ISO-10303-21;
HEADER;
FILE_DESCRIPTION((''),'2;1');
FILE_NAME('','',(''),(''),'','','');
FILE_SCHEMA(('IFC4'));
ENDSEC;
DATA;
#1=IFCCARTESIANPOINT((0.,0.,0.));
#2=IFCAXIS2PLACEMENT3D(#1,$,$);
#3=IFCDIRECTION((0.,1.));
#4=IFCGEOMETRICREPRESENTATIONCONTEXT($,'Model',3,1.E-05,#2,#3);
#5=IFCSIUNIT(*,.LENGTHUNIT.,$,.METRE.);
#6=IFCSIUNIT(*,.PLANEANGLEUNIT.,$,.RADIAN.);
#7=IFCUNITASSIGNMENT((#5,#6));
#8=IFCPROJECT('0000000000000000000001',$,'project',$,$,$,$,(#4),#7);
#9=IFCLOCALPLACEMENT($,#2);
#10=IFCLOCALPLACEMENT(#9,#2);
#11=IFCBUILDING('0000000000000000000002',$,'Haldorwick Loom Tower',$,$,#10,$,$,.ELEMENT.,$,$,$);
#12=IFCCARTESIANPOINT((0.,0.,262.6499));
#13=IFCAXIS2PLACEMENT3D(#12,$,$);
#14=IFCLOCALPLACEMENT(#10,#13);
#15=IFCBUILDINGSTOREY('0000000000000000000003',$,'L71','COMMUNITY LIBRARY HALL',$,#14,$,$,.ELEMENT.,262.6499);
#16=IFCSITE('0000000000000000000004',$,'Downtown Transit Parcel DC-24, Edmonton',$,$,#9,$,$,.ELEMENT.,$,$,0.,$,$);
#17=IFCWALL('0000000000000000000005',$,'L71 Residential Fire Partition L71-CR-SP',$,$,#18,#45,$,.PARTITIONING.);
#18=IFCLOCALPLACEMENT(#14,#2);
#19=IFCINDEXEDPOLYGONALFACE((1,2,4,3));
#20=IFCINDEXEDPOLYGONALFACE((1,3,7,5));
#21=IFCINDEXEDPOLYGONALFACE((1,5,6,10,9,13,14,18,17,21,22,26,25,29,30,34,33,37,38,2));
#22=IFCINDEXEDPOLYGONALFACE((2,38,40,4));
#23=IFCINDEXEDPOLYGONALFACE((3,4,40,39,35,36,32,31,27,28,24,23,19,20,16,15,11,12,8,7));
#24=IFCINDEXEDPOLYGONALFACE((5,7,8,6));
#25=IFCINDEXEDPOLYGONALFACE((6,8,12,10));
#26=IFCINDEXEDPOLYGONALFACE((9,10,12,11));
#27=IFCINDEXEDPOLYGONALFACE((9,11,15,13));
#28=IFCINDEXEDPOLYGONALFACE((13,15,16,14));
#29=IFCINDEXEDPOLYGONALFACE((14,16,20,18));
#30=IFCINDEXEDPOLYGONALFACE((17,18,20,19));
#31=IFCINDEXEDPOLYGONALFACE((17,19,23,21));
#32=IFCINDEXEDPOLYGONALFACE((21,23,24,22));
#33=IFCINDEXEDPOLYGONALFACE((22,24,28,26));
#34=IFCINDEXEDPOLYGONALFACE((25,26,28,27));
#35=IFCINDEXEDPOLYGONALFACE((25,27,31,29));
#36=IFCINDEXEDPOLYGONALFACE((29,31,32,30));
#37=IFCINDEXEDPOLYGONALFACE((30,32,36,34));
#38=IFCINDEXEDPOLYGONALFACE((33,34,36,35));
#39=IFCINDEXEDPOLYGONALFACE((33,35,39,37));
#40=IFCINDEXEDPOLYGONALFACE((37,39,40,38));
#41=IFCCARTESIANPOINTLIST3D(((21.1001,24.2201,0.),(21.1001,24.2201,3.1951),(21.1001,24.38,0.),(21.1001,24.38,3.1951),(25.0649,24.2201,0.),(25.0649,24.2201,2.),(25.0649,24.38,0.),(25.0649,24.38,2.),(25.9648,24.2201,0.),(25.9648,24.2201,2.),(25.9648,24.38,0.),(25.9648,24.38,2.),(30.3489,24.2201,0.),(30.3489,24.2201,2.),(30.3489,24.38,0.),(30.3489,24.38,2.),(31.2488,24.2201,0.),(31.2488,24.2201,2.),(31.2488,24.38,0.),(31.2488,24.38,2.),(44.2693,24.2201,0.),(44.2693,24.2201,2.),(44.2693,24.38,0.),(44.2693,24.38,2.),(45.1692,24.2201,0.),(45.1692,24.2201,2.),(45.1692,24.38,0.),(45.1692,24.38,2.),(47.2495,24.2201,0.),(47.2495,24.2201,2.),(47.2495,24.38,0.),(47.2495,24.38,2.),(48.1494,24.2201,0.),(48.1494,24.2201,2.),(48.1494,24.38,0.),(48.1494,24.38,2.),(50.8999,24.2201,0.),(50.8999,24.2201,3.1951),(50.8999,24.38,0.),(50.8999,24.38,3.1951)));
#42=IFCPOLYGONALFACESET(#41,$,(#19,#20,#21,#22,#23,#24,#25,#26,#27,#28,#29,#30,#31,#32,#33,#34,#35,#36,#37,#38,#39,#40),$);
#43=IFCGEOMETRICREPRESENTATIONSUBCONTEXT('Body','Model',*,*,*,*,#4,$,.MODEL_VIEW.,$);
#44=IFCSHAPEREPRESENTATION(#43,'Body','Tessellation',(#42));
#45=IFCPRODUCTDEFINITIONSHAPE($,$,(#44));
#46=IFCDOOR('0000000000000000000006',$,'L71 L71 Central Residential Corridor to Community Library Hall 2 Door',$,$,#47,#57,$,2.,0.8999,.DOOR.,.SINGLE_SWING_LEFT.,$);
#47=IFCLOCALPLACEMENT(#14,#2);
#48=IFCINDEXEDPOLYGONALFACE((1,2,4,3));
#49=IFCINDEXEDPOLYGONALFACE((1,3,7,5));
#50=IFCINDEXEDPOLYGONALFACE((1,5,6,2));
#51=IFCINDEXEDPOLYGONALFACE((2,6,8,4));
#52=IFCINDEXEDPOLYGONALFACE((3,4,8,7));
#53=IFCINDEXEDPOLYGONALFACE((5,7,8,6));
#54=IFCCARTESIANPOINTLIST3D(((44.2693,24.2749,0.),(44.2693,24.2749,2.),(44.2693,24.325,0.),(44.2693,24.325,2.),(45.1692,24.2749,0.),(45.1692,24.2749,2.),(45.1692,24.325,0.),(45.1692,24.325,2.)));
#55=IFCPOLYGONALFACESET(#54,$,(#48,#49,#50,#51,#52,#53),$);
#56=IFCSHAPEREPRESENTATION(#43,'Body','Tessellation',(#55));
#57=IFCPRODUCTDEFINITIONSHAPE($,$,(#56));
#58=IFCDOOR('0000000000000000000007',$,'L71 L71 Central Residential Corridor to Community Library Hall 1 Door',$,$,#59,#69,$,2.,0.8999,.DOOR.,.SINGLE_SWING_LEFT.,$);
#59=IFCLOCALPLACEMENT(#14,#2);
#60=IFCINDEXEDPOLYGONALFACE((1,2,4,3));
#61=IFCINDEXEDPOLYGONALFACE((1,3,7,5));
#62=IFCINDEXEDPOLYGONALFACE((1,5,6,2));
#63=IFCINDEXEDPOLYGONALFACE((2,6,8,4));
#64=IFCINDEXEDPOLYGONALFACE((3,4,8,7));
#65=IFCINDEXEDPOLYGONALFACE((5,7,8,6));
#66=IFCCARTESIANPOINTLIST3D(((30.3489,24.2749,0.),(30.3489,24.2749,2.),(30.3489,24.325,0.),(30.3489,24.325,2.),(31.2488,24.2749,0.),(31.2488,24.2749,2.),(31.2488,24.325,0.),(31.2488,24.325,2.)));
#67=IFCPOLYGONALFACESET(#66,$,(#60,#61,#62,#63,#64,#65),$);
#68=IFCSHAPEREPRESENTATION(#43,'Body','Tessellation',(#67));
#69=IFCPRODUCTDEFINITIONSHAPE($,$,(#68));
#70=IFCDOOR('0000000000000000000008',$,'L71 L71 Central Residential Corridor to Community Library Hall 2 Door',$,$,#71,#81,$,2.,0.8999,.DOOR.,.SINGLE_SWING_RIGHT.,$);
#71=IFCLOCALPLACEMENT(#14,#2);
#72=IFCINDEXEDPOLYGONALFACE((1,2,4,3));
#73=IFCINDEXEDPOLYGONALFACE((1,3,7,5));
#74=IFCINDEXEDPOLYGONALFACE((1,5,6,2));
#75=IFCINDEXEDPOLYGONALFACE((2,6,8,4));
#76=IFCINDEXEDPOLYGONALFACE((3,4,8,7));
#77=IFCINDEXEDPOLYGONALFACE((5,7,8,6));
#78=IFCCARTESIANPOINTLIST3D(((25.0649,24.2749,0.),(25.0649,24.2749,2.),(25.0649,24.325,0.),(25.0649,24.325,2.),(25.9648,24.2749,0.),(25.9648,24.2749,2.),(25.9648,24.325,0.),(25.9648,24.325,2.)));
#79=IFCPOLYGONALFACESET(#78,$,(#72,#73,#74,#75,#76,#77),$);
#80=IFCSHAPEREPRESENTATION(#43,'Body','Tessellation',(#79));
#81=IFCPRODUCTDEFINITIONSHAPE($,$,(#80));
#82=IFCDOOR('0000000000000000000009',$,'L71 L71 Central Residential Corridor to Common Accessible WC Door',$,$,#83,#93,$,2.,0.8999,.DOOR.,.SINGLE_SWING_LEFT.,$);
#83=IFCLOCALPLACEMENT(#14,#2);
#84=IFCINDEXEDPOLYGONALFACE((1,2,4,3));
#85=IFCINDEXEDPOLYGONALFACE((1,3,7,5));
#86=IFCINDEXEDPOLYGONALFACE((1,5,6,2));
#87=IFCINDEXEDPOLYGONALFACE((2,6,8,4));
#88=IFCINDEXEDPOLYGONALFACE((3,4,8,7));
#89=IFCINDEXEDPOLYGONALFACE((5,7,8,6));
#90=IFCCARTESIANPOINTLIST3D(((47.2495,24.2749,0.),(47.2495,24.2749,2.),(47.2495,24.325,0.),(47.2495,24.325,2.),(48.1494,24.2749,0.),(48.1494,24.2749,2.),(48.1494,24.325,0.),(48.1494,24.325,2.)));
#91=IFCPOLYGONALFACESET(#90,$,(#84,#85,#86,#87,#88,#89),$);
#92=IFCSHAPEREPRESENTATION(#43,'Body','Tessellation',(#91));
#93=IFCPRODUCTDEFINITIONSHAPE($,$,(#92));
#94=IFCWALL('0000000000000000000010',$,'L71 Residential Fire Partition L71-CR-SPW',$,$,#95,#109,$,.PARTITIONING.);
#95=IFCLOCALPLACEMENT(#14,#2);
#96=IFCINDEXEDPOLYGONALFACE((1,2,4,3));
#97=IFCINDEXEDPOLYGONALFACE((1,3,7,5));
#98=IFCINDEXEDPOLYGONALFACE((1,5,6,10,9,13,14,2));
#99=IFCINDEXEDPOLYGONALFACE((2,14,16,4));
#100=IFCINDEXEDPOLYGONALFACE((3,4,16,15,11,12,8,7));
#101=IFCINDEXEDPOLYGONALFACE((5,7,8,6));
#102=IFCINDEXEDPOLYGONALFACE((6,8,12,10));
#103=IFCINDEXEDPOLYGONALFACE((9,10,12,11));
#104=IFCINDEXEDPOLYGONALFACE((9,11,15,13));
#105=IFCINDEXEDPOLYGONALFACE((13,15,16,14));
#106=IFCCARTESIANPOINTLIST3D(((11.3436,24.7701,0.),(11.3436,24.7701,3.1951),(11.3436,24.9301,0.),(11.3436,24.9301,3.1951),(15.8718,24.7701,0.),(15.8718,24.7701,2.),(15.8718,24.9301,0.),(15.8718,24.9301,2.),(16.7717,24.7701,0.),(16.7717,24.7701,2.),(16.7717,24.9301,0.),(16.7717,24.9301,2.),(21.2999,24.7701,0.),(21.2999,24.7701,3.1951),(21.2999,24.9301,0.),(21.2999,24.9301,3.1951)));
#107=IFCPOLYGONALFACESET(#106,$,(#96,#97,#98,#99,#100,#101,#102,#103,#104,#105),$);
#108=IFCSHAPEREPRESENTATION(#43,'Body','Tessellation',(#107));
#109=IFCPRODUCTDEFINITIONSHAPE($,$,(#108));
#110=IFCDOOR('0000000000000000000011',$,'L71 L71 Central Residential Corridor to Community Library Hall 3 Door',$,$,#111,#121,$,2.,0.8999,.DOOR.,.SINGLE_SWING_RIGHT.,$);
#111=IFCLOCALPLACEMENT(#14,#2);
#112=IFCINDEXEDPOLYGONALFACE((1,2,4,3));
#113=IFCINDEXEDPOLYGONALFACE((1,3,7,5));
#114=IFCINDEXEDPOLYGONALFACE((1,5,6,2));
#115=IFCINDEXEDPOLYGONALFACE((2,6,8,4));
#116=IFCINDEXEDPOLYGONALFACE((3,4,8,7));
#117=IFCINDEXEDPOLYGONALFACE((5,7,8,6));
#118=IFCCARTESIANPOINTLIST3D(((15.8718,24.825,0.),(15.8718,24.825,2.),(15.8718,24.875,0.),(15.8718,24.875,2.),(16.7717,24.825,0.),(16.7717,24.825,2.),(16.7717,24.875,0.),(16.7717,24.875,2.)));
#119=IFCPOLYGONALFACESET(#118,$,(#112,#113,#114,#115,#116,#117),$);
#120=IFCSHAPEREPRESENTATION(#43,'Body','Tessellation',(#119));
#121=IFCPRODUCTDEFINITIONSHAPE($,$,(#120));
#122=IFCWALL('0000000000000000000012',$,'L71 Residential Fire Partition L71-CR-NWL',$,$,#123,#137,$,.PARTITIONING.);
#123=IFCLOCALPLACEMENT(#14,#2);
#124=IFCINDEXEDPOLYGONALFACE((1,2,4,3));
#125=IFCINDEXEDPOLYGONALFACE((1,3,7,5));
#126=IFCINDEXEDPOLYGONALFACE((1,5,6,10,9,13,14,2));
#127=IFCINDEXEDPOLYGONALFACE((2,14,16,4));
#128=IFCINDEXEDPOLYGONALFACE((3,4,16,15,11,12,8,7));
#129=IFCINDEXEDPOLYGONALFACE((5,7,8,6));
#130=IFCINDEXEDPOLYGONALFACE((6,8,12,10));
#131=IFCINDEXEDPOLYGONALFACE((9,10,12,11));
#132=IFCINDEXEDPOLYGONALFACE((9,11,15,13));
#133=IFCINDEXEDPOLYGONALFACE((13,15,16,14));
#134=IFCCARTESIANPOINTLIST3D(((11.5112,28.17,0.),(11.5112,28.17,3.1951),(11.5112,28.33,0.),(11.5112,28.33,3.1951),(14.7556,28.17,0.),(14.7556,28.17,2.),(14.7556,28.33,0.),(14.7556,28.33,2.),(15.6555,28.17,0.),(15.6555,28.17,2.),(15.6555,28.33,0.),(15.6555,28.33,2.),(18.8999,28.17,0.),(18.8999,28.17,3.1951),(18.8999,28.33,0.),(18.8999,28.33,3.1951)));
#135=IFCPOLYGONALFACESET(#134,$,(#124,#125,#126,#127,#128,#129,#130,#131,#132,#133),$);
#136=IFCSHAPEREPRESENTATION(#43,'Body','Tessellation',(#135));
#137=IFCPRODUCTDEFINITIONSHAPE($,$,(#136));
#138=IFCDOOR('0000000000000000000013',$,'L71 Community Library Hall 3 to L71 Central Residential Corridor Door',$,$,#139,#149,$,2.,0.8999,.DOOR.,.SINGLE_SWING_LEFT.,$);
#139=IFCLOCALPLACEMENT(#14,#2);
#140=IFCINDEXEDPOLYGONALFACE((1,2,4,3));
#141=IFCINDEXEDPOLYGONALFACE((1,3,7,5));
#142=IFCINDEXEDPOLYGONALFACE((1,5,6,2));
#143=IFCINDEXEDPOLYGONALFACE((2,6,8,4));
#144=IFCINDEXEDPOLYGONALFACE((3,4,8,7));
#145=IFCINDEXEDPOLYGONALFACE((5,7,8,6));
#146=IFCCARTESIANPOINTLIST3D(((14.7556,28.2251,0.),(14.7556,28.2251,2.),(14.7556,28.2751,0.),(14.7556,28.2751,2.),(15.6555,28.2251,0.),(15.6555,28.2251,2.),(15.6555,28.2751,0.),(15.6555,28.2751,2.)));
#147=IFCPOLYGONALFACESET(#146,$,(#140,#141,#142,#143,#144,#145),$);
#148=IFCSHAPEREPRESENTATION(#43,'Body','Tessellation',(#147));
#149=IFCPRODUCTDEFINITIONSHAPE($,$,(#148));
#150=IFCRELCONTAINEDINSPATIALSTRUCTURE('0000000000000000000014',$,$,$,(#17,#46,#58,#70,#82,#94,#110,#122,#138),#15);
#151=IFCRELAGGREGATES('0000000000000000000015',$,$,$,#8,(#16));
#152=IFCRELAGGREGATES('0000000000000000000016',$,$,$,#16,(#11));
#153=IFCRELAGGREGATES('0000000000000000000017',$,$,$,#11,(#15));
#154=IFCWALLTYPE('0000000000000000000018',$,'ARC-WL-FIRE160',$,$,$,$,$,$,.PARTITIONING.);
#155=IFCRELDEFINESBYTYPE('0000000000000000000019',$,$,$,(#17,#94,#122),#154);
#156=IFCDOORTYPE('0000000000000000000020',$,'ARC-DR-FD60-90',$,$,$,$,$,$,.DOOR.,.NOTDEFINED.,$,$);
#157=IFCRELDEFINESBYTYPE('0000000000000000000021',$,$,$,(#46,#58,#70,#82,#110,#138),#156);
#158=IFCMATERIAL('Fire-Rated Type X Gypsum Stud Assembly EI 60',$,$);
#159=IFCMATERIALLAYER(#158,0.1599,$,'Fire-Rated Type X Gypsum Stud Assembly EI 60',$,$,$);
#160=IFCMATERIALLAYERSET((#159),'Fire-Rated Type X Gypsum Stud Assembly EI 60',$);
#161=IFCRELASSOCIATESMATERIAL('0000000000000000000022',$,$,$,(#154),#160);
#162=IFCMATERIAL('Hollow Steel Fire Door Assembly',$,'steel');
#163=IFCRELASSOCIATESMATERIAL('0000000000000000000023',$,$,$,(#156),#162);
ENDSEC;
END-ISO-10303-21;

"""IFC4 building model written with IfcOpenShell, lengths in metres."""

from ifc_helpers import new_model, si_unit, direction, frame, frame_2d, origin, place, context, subcontext, project, spatial, rectangle, extrude, material, layer, layer_set, type_object, element, fill, save


model = new_model("IFC4")

# Units and contexts
model_context = context("Model", 3, precision=1e-05, world=origin(), true_north=direction((0.0, 1.0)))
body_context = subcontext(model_context, "Body", "Model", "MODEL_VIEW")
ifc_project = project(units=[si_unit("LENGTHUNIT", "METRE"), si_unit("PLANEANGLEUNIT", "RADIAN")], contexts=[model_context])

# Site, building, storey
site_placement = place(None, origin())
site = spatial("IfcSite", under=ifc_project, at=site_placement, Name="Downtown Transit Parcel DC-24, Edmonton", CompositionType="ELEMENT", RefElevation=0.0)
building_placement = place(site_placement, origin())
building = spatial("IfcBuilding", under=site, at=building_placement, Name="Haldorwick Loom Tower", CompositionType="ELEMENT")
storey_placement = place(building_placement, frame((0.0, 0.0, 262.6499)))
storey = spatial("IfcBuildingStorey", under=building, at=storey_placement, Name="L71", Description="COMMUNITY LIBRARY HALL", CompositionType="ELEMENT", Elevation=262.6499)

# Wall, openings, doors
ifc_material_1 = material(Name="Fire-Rated Type X Gypsum Stud Assembly EI 60")
ifc_layer_1 = layer(ifc_material_1, 0.1599, Name="Fire-Rated Type X Gypsum Stud Assembly EI 60")
ifc_layer_set_1 = layer_set([ifc_layer_1], Name="Fire-Rated Type X Gypsum Stud Assembly EI 60")
wall_type_1 = type_object("IfcWallType", Name="ARC-WL-FIRE160", PredefinedType="PARTITIONING", material=ifc_layer_set_1)
wall_1_placement = place(storey_placement, frame((21.1001, 24.3, 0.0), z_axis=(0.0, 0.0, 1.0), x_axis=(1.0, 0.0, 0.0)))
wall_1 = element("IfcWall", 1, at=wall_1_placement, inside=storey, type_object=wall_type_1, Name="L71 Residential Fire Partition L71-CR-SP", PredefinedType="PARTITIONING", context=body_context, shape_type="SweptSolid", body=[
    extrude(rectangle(XDim=29.7998, YDim=0.1599, at=frame_2d((14.8999, 0.0))), origin(), (0.0, 0.0, 1.0), 3.1951),
])
opening_1_placement = place(wall_1_placement, frame((23.1692, 0.0, 0.0)))
opening_1 = element("IfcOpeningElement", 2, at=opening_1_placement, cuts=wall_1, PredefinedType="OPENING", context=body_context, shape_type="SweptSolid", body=[
    extrude(rectangle(XDim=0.8999, YDim=2.0, at=frame_2d((0.45, 1.0))), frame((0.0, 0.0898, 0.0), z_axis=(0.0, -1.0, 0.0), x_axis=(1.0, 0.0, 0.0)), (0.0, 0.0, 1.0), 0.1799),
])
opening_2_placement = place(wall_1_placement, frame((9.2488, 0.0, 0.0)))
opening_2 = element("IfcOpeningElement", 3, at=opening_2_placement, cuts=wall_1, PredefinedType="OPENING", context=body_context, shape_type="SweptSolid", body=[
    extrude(rectangle(XDim=0.8999, YDim=2.0, at=frame_2d((0.45, 1.0))), frame((0.0, 0.0898, 0.0), z_axis=(0.0, -1.0, 0.0), x_axis=(1.0, 0.0, 0.0)), (0.0, 0.0, 1.0), 0.1799),
])
opening_3_placement = place(wall_1_placement, frame((3.9648, 0.0, 0.0)))
opening_3 = element("IfcOpeningElement", 4, at=opening_3_placement, cuts=wall_1, PredefinedType="OPENING", context=body_context, shape_type="SweptSolid", body=[
    extrude(rectangle(XDim=0.8999, YDim=2.0, at=frame_2d((0.45, 1.0))), frame((0.0, 0.0898, 0.0), z_axis=(0.0, -1.0, 0.0), x_axis=(1.0, 0.0, 0.0)), (0.0, 0.0, 1.0), 0.1799),
])
opening_4_placement = place(wall_1_placement, frame((26.1494, 0.0, 0.0)))
opening_4 = element("IfcOpeningElement", 5, at=opening_4_placement, cuts=wall_1, PredefinedType="OPENING", context=body_context, shape_type="SweptSolid", body=[
    extrude(rectangle(XDim=0.8999, YDim=2.0, at=frame_2d((0.45, 1.0))), frame((0.0, 0.0898, 0.0), z_axis=(0.0, -1.0, 0.0), x_axis=(1.0, 0.0, 0.0)), (0.0, 0.0, 1.0), 0.1799),
])
ifc_material_2 = material(Name="Hollow Steel Fire Door Assembly", Category="steel")
door_type = type_object("IfcDoorType", Name="ARC-DR-FD60-90", OperationType="NOTDEFINED", PredefinedType="DOOR", material=ifc_material_2)
door_1_placement = place(opening_1_placement, origin())
door_1 = element("IfcDoor", 6, at=door_1_placement, inside=storey, type_object=door_type, Name="L71 L71 Central Residential Corridor to Community Library Hall 2 Door", OperationType="SINGLE_SWING_LEFT", OverallHeight=2.0, OverallWidth=0.8999, PredefinedType="DOOR", context=body_context, shape_type="SweptSolid", body=[
    extrude(rectangle(XDim=0.8999, YDim=2.0, at=frame_2d((0.45, 1.0))), frame((0.0, 0.0249, 0.0), z_axis=(0.0, -1.0, 0.0), x_axis=(1.0, 0.0, 0.0)), (0.0, 0.0, 1.0), 0.05),
])
fill(opening_1, door_1)
door_2_placement = place(opening_2_placement, origin())
door_2 = element("IfcDoor", 7, at=door_2_placement, inside=storey, type_object=door_type, Name="L71 L71 Central Residential Corridor to Community Library Hall 1 Door", OperationType="SINGLE_SWING_LEFT", OverallHeight=2.0, OverallWidth=0.8999, PredefinedType="DOOR", context=body_context, shape_type="SweptSolid", body=[
    extrude(rectangle(XDim=0.8999, YDim=2.0, at=frame_2d((0.45, 1.0))), frame((0.0, 0.0249, 0.0), z_axis=(0.0, -1.0, 0.0), x_axis=(1.0, 0.0, 0.0)), (0.0, 0.0, 1.0), 0.05),
])
fill(opening_2, door_2)
door_3_placement = place(opening_3_placement, origin())
door_3 = element("IfcDoor", 8, at=door_3_placement, inside=storey, type_object=door_type, Name="L71 L71 Central Residential Corridor to Community Library Hall 2 Door", OperationType="SINGLE_SWING_RIGHT", OverallHeight=2.0, OverallWidth=0.8999, PredefinedType="DOOR", context=body_context, shape_type="SweptSolid", body=[
    extrude(rectangle(XDim=0.8999, YDim=2.0, at=frame_2d((0.45, 1.0))), frame((0.0, 0.0249, 0.0), z_axis=(0.0, -1.0, 0.0), x_axis=(1.0, 0.0, 0.0)), (0.0, 0.0, 1.0), 0.05),
])
fill(opening_3, door_3)
door_4_placement = place(opening_4_placement, origin())
door_4 = element("IfcDoor", 9, at=door_4_placement, inside=storey, type_object=door_type, Name="L71 L71 Central Residential Corridor to Common Accessible WC Door", OperationType="SINGLE_SWING_LEFT", OverallHeight=2.0, OverallWidth=0.8999, PredefinedType="DOOR", context=body_context, shape_type="SweptSolid", body=[
    extrude(rectangle(XDim=0.8999, YDim=2.0, at=frame_2d((0.45, 1.0))), frame((0.0, 0.0249, 0.0), z_axis=(0.0, -1.0, 0.0), x_axis=(1.0, 0.0, 0.0)), (0.0, 0.0, 1.0), 0.05),
])
fill(opening_4, door_4)

# Walls, openings, doors
wall_2_placement = place(storey_placement, frame((11.3438, 24.8501, 0.0), z_axis=(0.0, 0.0, 1.0), x_axis=(1.0, 0.0, 0.0)))
wall_2 = element("IfcWall", 10, at=wall_2_placement, inside=storey, type_object=wall_type_1, Name="L71 Residential Fire Partition L71-CR-SPW", PredefinedType="PARTITIONING", context=body_context, shape_type="SweptSolid", body=[
    extrude(rectangle(XDim=9.9563, YDim=0.1599, at=frame_2d((4.978, 0.0))), origin(), (0.0, 0.0, 1.0), 3.1951),
])
opening_5_placement = place(wall_2_placement, frame((4.5281, 0.0, 0.0)))
opening_5 = element("IfcOpeningElement", 11, at=opening_5_placement, cuts=wall_2, PredefinedType="OPENING", context=body_context, shape_type="SweptSolid", body=[
    extrude(rectangle(XDim=0.8999, YDim=2.0, at=frame_2d((0.45, 1.0))), frame((0.0, 0.0898, 0.0), z_axis=(0.0, -1.0, 0.0), x_axis=(1.0, 0.0, 0.0)), (0.0, 0.0, 1.0), 0.1799),
])
door_5_placement = place(opening_5_placement, origin())
door_5 = element("IfcDoor", 12, at=door_5_placement, inside=storey, type_object=door_type, Name="L71 L71 Central Residential Corridor to Community Library Hall 3 Door", OperationType="SINGLE_SWING_RIGHT", OverallHeight=2.0, OverallWidth=0.8999, PredefinedType="DOOR", context=body_context, shape_type="SweptSolid", body=[
    extrude(rectangle(XDim=0.8999, YDim=2.0, at=frame_2d((0.45, 1.0))), frame((0.0, 0.0249, 0.0), z_axis=(0.0, -1.0, 0.0), x_axis=(1.0, 0.0, 0.0)), (0.0, 0.0, 1.0), 0.05),
])
fill(opening_5, door_5)
wall_3_placement = place(storey_placement, frame((11.5112, 28.25, 0.0), z_axis=(0.0, 0.0, 1.0), x_axis=(1.0, 0.0, 0.0)))
wall_3 = element("IfcWall", 13, at=wall_3_placement, inside=storey, type_object=wall_type_1, Name="L71 Residential Fire Partition L71-CR-NWL", PredefinedType="PARTITIONING", context=body_context, shape_type="SweptSolid", body=[
    extrude(rectangle(XDim=7.3887, YDim=0.1599, at=frame_2d((3.6943, 0.0))), origin(), (0.0, 0.0, 1.0), 3.1951),
])
opening_6_placement = place(wall_3_placement, frame((3.2444, 0.0, 0.0)))
opening_6 = element("IfcOpeningElement", 14, at=opening_6_placement, cuts=wall_3, PredefinedType="OPENING", context=body_context, shape_type="SweptSolid", body=[
    extrude(rectangle(XDim=0.8999, YDim=2.0, at=frame_2d((0.45, 1.0))), frame((0.0, 0.0898, 0.0), z_axis=(0.0, -1.0, 0.0), x_axis=(1.0, 0.0, 0.0)), (0.0, 0.0, 1.0), 0.1799),
])
door_6_placement = place(opening_6_placement, frame((0.8999, 0.0, 0.0), z_axis=(0.0, 0.0, 1.0), x_axis=(-1.0, 0.0, 0.0)))
door_6 = element("IfcDoor", 15, at=door_6_placement, inside=storey, type_object=door_type, Name="L71 Community Library Hall 3 to L71 Central Residential Corridor Door", OperationType="SINGLE_SWING_LEFT", OverallHeight=2.0, OverallWidth=0.8999, PredefinedType="DOOR", context=body_context, shape_type="SweptSolid", body=[
    extrude(rectangle(XDim=0.8999, YDim=2.0, at=frame_2d((0.45, 1.0))), frame((0.0, 0.0249, 0.0), z_axis=(0.0, -1.0, 0.0), x_axis=(1.0, 0.0, 0.0)), (0.0, 0.0, 1.0), 0.05),
])
fill(opening_6, door_6)

save(model, "model.ifc")
